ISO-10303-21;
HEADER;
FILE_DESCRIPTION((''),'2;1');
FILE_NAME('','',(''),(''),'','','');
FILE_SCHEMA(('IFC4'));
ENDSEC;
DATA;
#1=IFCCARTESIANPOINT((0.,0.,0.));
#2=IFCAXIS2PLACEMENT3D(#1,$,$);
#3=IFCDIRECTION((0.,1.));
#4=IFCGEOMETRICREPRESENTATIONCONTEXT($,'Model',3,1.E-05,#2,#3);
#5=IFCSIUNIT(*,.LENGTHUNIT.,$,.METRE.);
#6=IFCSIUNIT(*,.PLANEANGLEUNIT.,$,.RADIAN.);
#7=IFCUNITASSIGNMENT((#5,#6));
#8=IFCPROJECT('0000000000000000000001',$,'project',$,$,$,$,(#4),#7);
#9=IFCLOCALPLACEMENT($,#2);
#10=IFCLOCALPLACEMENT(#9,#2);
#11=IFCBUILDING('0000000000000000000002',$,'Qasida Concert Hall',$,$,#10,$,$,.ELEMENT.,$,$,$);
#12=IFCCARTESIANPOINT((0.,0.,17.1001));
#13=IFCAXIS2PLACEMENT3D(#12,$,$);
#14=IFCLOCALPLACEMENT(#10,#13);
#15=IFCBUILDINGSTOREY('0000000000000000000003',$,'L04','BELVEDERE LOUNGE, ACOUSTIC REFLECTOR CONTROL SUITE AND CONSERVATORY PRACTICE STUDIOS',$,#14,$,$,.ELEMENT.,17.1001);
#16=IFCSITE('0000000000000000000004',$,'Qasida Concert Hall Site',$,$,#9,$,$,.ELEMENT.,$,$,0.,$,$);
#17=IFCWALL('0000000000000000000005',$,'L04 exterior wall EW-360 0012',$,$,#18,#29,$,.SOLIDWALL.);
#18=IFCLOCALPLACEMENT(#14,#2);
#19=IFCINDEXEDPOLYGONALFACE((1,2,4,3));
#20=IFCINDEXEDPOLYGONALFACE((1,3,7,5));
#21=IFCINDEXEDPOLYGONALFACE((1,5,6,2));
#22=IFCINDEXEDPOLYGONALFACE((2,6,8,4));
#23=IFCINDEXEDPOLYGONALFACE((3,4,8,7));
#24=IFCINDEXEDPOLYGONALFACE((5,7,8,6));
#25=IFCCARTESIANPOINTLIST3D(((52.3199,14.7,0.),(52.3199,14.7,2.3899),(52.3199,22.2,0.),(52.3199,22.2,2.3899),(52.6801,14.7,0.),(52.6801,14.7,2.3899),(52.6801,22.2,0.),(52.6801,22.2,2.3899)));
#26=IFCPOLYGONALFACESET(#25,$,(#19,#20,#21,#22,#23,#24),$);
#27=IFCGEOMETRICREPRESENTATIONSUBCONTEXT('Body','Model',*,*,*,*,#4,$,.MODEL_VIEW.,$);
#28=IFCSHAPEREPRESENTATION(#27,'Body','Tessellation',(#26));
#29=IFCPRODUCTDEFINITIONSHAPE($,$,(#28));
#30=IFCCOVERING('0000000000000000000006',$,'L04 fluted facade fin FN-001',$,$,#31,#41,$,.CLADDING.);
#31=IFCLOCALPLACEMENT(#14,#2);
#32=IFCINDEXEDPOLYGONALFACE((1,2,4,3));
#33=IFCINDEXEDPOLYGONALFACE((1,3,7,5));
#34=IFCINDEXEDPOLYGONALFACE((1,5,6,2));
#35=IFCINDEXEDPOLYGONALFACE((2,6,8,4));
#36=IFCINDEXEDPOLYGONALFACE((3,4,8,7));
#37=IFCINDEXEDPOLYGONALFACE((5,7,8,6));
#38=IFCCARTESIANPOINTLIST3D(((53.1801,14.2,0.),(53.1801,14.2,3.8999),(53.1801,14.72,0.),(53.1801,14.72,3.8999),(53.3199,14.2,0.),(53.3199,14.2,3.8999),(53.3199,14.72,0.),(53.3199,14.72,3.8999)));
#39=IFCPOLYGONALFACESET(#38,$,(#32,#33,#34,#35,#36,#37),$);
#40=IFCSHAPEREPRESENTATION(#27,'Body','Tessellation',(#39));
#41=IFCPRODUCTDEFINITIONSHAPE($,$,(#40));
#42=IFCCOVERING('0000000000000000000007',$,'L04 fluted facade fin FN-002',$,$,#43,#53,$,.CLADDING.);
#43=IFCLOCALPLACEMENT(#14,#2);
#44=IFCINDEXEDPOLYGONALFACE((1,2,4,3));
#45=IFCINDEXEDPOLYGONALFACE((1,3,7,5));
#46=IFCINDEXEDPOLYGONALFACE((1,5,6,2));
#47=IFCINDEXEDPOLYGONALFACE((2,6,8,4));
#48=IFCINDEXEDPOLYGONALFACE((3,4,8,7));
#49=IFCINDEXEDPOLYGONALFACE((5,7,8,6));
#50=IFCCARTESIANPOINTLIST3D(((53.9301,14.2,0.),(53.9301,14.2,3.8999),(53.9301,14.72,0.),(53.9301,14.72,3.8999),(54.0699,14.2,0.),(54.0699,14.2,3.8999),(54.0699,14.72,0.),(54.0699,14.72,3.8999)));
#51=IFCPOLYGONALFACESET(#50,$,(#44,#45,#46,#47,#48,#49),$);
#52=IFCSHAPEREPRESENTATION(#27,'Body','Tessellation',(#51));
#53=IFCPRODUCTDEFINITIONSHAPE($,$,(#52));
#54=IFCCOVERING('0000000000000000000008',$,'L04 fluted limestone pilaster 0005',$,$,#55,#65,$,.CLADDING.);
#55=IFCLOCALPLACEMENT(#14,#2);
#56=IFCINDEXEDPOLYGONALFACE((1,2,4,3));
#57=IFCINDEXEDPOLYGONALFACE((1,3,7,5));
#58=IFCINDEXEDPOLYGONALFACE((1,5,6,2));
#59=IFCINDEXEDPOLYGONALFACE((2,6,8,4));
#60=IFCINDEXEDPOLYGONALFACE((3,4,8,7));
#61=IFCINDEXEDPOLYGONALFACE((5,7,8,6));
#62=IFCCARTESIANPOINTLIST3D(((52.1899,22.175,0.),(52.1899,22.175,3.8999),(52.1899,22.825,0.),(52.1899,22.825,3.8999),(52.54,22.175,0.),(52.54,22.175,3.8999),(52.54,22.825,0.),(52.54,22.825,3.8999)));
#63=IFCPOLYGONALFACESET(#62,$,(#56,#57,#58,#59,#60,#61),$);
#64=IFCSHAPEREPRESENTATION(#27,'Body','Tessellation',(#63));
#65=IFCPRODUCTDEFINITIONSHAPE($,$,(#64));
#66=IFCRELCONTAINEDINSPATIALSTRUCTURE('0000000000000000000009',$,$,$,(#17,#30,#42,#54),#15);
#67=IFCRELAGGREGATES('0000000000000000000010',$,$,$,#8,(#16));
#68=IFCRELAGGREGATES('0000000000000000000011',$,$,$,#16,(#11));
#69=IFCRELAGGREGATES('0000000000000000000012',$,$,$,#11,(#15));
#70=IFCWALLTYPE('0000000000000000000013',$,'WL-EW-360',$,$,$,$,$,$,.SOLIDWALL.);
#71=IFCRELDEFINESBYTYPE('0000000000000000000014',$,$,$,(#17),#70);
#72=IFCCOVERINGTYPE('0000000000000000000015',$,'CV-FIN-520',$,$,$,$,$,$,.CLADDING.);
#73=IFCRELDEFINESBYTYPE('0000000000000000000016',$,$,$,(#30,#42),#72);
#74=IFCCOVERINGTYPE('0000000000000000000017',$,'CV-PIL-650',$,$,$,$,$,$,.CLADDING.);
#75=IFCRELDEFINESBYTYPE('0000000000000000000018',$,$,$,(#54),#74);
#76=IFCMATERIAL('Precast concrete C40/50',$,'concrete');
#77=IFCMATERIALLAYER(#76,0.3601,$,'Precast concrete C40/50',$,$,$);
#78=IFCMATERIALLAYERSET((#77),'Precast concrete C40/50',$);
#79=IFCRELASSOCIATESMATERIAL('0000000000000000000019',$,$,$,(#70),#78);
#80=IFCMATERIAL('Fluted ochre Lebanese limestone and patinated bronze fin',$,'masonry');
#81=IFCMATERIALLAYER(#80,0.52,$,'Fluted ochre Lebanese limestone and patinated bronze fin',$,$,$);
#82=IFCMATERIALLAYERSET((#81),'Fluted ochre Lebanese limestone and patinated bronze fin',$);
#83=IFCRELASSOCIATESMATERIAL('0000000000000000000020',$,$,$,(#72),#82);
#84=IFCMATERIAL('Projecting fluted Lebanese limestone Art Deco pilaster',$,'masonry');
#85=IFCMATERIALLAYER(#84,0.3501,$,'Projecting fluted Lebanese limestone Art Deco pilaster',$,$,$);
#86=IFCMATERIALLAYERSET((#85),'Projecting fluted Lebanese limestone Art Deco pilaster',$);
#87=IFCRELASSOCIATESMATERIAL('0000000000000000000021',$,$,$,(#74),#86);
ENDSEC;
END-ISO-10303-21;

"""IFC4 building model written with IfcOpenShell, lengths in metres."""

from ifc_helpers import new_model, si_unit, direction, frame, frame_2d, origin, origin_2d, place, context, subcontext, project, spatial, rectangle, extrude, material, layer, layer_set, type_object, element, save


model = new_model("IFC4")

# Units and contexts
model_context = context("Model", 3, precision=1e-05, world=origin(), true_north=direction((0.0, 1.0)))
body_context = subcontext(model_context, "Body", "Model", "MODEL_VIEW")
ifc_project = project(units=[si_unit("LENGTHUNIT", "METRE"), si_unit("PLANEANGLEUNIT", "RADIAN")], contexts=[model_context])

# Site, building, storey
site_placement = place(None, origin())
site = spatial("IfcSite", under=ifc_project, at=site_placement, Name="Qasida Concert Hall Site", CompositionType="ELEMENT", RefElevation=0.0)
building_placement = place(site_placement, origin())
building = spatial("IfcBuilding", under=site, at=building_placement, Name="Qasida Concert Hall", CompositionType="ELEMENT")
storey_placement = place(building_placement, frame((0.0, 0.0, 17.1001)))
storey = spatial("IfcBuildingStorey", under=building, at=storey_placement, Name="L04", Description="BELVEDERE LOUNGE, ACOUSTIC REFLECTOR CONTROL SUITE AND CONSERVATORY PRACTICE STUDIOS", CompositionType="ELEMENT", Elevation=17.1001)

# Wall
ifc_material_1 = material(Name="Precast concrete C40/50", Category="concrete")
ifc_layer_1 = layer(ifc_material_1, 0.3601, Name="Precast concrete C40/50")
ifc_layer_set_1 = layer_set([ifc_layer_1], Name="Precast concrete C40/50")
wall_type = type_object("IfcWallType", Name="WL-EW-360", PredefinedType="SOLIDWALL", material=ifc_layer_set_1)
wall_placement = place(storey_placement, frame((52.5, 14.7, 0.0), z_axis=(0.0, 0.0, 1.0), x_axis=(0.0, 1.0, 0.0)))
element("IfcWall", 1, at=wall_placement, inside=storey, type_object=wall_type, Name="L04 exterior wall EW-360 0012", PredefinedType="SOLIDWALL", context=body_context, shape_type="SweptSolid", body=[
    extrude(rectangle(XDim=7.5, YDim=0.3601, at=frame_2d((3.75, 0.0))), origin(), (0.0, 0.0, 1.0), 2.3899),
])

# Coverings
ifc_material_2 = material(Name="Fluted ochre Lebanese limestone and patinated bronze fin", Category="masonry")
ifc_layer_2 = layer(ifc_material_2, 0.52, Name="Fluted ochre Lebanese limestone and patinated bronze fin")
ifc_layer_set_2 = layer_set([ifc_layer_2], Name="Fluted ochre Lebanese limestone and patinated bronze fin")
covering_type_1 = type_object("IfcCoveringType", Name="CV-FIN-520", PredefinedType="CLADDING", material=ifc_layer_set_2)
for number, where, z_axis, x_axis, name in (
    (2, (53.25, 14.46, 0.0), (0.0, 0.0, 1.0), (1.0, 0.0, 0.0), "L04 fluted facade fin FN-001"),
    (3, (54.0, 14.46, 0.0), (0.0, 0.0, 1.0), (1.0, 0.0, 0.0), "L04 fluted facade fin FN-002"),
):
    element("IfcCovering", number, at=place(storey_placement, frame(where, z_axis=z_axis, x_axis=x_axis)), inside=storey, type_object=covering_type_1, Name=name, PredefinedType="CLADDING", context=body_context, shape_type="SweptSolid", body=[
        extrude(rectangle(XDim=0.1399, YDim=0.52, at=origin_2d()), origin(), (0.0, 0.0, 1.0), 3.8999),
    ])
ifc_material_3 = material(Name="Projecting fluted Lebanese limestone Art Deco pilaster", Category="masonry")
ifc_layer_3 = layer(ifc_material_3, 0.3501, Name="Projecting fluted Lebanese limestone Art Deco pilaster")
ifc_layer_set_3 = layer_set([ifc_layer_3], Name="Projecting fluted Lebanese limestone Art Deco pilaster")
covering_type_2 = type_object("IfcCoveringType", Name="CV-PIL-650", PredefinedType="CLADDING", material=ifc_layer_set_3)
covering_placement = place(storey_placement, frame((52.365, 22.5, 0.0), z_axis=(0.0, 0.0, 1.0), x_axis=(1.0, 0.0, 0.0)))
element("IfcCovering", 4, at=covering_placement, inside=storey, type_object=covering_type_2, Name="L04 fluted limestone pilaster 0005", PredefinedType="CLADDING", context=body_context, shape_type="SweptSolid", body=[
    extrude(rectangle(XDim=0.3501, YDim=0.6499, at=origin_2d()), origin(), (0.0, 0.0, 1.0), 3.8999),
])

save(model, "model.ifc")
